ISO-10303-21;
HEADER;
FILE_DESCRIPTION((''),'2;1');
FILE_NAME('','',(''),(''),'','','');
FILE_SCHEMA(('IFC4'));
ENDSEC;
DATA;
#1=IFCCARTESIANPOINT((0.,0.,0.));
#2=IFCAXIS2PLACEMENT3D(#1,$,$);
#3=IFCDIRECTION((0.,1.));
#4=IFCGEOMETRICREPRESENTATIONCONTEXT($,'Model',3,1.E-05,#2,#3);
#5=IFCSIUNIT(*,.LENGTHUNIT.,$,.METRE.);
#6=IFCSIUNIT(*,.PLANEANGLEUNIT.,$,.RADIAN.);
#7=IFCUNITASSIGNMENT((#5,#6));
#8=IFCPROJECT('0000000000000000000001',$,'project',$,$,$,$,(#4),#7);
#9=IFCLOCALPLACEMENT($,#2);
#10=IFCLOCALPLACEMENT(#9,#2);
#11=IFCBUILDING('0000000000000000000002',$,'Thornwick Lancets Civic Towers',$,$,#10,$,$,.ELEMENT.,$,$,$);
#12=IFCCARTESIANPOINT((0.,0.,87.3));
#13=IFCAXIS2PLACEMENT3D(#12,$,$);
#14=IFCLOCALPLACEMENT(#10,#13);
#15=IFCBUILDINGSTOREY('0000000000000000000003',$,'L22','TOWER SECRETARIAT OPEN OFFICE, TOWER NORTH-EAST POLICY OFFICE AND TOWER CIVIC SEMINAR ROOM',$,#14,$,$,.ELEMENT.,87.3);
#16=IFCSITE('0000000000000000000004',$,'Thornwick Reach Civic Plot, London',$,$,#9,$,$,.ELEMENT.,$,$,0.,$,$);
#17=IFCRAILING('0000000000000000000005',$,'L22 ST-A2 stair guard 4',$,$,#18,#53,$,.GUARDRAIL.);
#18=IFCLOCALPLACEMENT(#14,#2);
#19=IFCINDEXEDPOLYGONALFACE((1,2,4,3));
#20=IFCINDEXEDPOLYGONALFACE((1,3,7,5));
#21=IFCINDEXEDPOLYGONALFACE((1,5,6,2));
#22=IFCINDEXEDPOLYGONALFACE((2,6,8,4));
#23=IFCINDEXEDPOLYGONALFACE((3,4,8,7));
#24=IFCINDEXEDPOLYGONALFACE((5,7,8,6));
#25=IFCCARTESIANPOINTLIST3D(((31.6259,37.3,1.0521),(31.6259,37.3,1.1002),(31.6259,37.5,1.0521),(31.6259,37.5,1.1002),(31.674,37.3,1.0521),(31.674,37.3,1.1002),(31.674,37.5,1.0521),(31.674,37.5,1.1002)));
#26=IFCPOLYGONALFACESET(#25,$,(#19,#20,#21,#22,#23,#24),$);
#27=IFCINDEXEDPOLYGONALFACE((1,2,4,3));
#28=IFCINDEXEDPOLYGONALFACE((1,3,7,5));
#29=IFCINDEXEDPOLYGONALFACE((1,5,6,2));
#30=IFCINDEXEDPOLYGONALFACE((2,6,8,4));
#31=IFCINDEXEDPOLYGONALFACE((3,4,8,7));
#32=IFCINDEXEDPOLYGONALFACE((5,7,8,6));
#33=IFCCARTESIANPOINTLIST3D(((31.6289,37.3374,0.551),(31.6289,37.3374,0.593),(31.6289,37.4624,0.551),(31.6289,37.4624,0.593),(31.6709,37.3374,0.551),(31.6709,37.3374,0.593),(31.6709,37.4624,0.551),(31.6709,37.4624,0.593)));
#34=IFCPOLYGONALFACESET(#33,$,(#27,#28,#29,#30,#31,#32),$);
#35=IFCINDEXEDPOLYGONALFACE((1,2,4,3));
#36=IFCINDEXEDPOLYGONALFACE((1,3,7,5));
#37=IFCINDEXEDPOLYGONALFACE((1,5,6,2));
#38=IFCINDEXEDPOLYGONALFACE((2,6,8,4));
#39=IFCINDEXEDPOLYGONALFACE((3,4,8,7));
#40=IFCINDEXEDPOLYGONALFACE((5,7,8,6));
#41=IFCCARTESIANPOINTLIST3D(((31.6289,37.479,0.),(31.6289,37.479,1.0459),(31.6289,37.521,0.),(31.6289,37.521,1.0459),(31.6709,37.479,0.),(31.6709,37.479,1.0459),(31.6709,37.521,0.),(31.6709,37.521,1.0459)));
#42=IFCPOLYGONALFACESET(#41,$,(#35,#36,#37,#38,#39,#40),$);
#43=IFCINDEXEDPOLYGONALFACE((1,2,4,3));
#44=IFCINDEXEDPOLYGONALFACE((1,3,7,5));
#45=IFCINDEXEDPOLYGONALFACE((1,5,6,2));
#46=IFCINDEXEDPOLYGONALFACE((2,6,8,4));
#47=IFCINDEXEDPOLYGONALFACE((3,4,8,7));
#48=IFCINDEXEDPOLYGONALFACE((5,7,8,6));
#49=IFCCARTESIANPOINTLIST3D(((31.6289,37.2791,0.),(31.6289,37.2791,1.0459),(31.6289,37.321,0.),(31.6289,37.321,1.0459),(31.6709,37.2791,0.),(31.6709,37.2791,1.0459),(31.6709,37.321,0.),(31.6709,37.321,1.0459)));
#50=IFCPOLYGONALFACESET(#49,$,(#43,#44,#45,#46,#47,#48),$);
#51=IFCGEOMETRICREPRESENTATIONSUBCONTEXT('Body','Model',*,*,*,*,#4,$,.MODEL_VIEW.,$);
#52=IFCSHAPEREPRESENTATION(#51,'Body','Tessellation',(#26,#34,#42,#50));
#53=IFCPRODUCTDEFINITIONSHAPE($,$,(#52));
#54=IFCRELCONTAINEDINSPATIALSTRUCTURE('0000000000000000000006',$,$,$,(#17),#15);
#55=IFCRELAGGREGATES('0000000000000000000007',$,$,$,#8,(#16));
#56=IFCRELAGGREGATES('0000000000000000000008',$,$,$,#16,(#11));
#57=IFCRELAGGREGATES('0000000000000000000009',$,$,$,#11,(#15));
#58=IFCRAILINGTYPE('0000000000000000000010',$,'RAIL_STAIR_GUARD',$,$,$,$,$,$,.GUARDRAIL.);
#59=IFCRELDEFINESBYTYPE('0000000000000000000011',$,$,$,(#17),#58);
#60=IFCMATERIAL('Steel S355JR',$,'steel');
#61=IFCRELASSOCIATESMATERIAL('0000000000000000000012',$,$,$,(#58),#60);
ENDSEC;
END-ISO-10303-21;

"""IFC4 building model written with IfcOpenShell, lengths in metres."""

from ifc_helpers import new_model, si_unit, direction, frame, origin, origin_2d, place, context, subcontext, project, spatial, rectangle, extrude, material, type_object, element, save


model = new_model("IFC4")

# Units and contexts
model_context = context("Model", 3, precision=1e-05, world=origin(), true_north=direction((0.0, 1.0)))
body_context = subcontext(model_context, "Body", "Model", "MODEL_VIEW")
ifc_project = project(units=[si_unit("LENGTHUNIT", "METRE"), si_unit("PLANEANGLEUNIT", "RADIAN")], contexts=[model_context])

# Site, building, storey
site_placement = place(None, origin())
site = spatial("IfcSite", under=ifc_project, at=site_placement, Name="Thornwick Reach Civic Plot, London", CompositionType="ELEMENT", RefElevation=0.0)
building_placement = place(site_placement, origin())
building = spatial("IfcBuilding", under=site, at=building_placement, Name="Thornwick Lancets Civic Towers", CompositionType="ELEMENT")
storey_placement = place(building_placement, frame((0.0, 0.0, 87.3)))
storey = spatial("IfcBuildingStorey", under=building, at=storey_placement, Name="L22", Description="TOWER SECRETARIAT OPEN OFFICE, TOWER NORTH-EAST POLICY OFFICE AND TOWER CIVIC SEMINAR ROOM", CompositionType="ELEMENT", Elevation=87.3)

# Shared definitions
ifc_material_1 = material(Name="Steel S355JR", Category="steel")

# Railing
railing_type_1 = type_object("IfcRailingType", Name="RAIL_STAIR_GUARD", PredefinedType="GUARDRAIL", material=ifc_material_1)
railing_1_placement = place(storey_placement, frame((31.6499, 37.5, 0.0)))
element("IfcRailing", 1, at=railing_1_placement, inside=storey, type_object=railing_type_1, Name="L22 ST-A2 stair guard 4", PredefinedType="GUARDRAIL", context=body_context, shape_type="SweptSolid", body=[
    extrude(rectangle(XDim=0.0481, YDim=0.0481, at=origin_2d()), frame((0.0, 0.0, 1.0762), z_axis=(0.0, -1.0, 0.0), x_axis=(1.0, 0.0, 0.0)), (0.0, 0.0, 1.0), 0.2),
    extrude(rectangle(XDim=0.042, YDim=0.042, at=origin_2d()), frame((0.0, -0.0376, 0.572), z_axis=(0.0, -1.0, 0.0), x_axis=(1.0, 0.0, 0.0)), (0.0, 0.0, 1.0), 0.125),
    extrude(rectangle(XDim=0.042, YDim=0.042, at=origin_2d()), origin(), (0.0, 0.0, 1.0), 1.0459),
    extrude(rectangle(XDim=0.042, YDim=0.042, at=origin_2d()), frame((0.0, -0.2, 0.0)), (0.0, 0.0, 1.0), 1.0459),
])

save(model, "model.ifc")
